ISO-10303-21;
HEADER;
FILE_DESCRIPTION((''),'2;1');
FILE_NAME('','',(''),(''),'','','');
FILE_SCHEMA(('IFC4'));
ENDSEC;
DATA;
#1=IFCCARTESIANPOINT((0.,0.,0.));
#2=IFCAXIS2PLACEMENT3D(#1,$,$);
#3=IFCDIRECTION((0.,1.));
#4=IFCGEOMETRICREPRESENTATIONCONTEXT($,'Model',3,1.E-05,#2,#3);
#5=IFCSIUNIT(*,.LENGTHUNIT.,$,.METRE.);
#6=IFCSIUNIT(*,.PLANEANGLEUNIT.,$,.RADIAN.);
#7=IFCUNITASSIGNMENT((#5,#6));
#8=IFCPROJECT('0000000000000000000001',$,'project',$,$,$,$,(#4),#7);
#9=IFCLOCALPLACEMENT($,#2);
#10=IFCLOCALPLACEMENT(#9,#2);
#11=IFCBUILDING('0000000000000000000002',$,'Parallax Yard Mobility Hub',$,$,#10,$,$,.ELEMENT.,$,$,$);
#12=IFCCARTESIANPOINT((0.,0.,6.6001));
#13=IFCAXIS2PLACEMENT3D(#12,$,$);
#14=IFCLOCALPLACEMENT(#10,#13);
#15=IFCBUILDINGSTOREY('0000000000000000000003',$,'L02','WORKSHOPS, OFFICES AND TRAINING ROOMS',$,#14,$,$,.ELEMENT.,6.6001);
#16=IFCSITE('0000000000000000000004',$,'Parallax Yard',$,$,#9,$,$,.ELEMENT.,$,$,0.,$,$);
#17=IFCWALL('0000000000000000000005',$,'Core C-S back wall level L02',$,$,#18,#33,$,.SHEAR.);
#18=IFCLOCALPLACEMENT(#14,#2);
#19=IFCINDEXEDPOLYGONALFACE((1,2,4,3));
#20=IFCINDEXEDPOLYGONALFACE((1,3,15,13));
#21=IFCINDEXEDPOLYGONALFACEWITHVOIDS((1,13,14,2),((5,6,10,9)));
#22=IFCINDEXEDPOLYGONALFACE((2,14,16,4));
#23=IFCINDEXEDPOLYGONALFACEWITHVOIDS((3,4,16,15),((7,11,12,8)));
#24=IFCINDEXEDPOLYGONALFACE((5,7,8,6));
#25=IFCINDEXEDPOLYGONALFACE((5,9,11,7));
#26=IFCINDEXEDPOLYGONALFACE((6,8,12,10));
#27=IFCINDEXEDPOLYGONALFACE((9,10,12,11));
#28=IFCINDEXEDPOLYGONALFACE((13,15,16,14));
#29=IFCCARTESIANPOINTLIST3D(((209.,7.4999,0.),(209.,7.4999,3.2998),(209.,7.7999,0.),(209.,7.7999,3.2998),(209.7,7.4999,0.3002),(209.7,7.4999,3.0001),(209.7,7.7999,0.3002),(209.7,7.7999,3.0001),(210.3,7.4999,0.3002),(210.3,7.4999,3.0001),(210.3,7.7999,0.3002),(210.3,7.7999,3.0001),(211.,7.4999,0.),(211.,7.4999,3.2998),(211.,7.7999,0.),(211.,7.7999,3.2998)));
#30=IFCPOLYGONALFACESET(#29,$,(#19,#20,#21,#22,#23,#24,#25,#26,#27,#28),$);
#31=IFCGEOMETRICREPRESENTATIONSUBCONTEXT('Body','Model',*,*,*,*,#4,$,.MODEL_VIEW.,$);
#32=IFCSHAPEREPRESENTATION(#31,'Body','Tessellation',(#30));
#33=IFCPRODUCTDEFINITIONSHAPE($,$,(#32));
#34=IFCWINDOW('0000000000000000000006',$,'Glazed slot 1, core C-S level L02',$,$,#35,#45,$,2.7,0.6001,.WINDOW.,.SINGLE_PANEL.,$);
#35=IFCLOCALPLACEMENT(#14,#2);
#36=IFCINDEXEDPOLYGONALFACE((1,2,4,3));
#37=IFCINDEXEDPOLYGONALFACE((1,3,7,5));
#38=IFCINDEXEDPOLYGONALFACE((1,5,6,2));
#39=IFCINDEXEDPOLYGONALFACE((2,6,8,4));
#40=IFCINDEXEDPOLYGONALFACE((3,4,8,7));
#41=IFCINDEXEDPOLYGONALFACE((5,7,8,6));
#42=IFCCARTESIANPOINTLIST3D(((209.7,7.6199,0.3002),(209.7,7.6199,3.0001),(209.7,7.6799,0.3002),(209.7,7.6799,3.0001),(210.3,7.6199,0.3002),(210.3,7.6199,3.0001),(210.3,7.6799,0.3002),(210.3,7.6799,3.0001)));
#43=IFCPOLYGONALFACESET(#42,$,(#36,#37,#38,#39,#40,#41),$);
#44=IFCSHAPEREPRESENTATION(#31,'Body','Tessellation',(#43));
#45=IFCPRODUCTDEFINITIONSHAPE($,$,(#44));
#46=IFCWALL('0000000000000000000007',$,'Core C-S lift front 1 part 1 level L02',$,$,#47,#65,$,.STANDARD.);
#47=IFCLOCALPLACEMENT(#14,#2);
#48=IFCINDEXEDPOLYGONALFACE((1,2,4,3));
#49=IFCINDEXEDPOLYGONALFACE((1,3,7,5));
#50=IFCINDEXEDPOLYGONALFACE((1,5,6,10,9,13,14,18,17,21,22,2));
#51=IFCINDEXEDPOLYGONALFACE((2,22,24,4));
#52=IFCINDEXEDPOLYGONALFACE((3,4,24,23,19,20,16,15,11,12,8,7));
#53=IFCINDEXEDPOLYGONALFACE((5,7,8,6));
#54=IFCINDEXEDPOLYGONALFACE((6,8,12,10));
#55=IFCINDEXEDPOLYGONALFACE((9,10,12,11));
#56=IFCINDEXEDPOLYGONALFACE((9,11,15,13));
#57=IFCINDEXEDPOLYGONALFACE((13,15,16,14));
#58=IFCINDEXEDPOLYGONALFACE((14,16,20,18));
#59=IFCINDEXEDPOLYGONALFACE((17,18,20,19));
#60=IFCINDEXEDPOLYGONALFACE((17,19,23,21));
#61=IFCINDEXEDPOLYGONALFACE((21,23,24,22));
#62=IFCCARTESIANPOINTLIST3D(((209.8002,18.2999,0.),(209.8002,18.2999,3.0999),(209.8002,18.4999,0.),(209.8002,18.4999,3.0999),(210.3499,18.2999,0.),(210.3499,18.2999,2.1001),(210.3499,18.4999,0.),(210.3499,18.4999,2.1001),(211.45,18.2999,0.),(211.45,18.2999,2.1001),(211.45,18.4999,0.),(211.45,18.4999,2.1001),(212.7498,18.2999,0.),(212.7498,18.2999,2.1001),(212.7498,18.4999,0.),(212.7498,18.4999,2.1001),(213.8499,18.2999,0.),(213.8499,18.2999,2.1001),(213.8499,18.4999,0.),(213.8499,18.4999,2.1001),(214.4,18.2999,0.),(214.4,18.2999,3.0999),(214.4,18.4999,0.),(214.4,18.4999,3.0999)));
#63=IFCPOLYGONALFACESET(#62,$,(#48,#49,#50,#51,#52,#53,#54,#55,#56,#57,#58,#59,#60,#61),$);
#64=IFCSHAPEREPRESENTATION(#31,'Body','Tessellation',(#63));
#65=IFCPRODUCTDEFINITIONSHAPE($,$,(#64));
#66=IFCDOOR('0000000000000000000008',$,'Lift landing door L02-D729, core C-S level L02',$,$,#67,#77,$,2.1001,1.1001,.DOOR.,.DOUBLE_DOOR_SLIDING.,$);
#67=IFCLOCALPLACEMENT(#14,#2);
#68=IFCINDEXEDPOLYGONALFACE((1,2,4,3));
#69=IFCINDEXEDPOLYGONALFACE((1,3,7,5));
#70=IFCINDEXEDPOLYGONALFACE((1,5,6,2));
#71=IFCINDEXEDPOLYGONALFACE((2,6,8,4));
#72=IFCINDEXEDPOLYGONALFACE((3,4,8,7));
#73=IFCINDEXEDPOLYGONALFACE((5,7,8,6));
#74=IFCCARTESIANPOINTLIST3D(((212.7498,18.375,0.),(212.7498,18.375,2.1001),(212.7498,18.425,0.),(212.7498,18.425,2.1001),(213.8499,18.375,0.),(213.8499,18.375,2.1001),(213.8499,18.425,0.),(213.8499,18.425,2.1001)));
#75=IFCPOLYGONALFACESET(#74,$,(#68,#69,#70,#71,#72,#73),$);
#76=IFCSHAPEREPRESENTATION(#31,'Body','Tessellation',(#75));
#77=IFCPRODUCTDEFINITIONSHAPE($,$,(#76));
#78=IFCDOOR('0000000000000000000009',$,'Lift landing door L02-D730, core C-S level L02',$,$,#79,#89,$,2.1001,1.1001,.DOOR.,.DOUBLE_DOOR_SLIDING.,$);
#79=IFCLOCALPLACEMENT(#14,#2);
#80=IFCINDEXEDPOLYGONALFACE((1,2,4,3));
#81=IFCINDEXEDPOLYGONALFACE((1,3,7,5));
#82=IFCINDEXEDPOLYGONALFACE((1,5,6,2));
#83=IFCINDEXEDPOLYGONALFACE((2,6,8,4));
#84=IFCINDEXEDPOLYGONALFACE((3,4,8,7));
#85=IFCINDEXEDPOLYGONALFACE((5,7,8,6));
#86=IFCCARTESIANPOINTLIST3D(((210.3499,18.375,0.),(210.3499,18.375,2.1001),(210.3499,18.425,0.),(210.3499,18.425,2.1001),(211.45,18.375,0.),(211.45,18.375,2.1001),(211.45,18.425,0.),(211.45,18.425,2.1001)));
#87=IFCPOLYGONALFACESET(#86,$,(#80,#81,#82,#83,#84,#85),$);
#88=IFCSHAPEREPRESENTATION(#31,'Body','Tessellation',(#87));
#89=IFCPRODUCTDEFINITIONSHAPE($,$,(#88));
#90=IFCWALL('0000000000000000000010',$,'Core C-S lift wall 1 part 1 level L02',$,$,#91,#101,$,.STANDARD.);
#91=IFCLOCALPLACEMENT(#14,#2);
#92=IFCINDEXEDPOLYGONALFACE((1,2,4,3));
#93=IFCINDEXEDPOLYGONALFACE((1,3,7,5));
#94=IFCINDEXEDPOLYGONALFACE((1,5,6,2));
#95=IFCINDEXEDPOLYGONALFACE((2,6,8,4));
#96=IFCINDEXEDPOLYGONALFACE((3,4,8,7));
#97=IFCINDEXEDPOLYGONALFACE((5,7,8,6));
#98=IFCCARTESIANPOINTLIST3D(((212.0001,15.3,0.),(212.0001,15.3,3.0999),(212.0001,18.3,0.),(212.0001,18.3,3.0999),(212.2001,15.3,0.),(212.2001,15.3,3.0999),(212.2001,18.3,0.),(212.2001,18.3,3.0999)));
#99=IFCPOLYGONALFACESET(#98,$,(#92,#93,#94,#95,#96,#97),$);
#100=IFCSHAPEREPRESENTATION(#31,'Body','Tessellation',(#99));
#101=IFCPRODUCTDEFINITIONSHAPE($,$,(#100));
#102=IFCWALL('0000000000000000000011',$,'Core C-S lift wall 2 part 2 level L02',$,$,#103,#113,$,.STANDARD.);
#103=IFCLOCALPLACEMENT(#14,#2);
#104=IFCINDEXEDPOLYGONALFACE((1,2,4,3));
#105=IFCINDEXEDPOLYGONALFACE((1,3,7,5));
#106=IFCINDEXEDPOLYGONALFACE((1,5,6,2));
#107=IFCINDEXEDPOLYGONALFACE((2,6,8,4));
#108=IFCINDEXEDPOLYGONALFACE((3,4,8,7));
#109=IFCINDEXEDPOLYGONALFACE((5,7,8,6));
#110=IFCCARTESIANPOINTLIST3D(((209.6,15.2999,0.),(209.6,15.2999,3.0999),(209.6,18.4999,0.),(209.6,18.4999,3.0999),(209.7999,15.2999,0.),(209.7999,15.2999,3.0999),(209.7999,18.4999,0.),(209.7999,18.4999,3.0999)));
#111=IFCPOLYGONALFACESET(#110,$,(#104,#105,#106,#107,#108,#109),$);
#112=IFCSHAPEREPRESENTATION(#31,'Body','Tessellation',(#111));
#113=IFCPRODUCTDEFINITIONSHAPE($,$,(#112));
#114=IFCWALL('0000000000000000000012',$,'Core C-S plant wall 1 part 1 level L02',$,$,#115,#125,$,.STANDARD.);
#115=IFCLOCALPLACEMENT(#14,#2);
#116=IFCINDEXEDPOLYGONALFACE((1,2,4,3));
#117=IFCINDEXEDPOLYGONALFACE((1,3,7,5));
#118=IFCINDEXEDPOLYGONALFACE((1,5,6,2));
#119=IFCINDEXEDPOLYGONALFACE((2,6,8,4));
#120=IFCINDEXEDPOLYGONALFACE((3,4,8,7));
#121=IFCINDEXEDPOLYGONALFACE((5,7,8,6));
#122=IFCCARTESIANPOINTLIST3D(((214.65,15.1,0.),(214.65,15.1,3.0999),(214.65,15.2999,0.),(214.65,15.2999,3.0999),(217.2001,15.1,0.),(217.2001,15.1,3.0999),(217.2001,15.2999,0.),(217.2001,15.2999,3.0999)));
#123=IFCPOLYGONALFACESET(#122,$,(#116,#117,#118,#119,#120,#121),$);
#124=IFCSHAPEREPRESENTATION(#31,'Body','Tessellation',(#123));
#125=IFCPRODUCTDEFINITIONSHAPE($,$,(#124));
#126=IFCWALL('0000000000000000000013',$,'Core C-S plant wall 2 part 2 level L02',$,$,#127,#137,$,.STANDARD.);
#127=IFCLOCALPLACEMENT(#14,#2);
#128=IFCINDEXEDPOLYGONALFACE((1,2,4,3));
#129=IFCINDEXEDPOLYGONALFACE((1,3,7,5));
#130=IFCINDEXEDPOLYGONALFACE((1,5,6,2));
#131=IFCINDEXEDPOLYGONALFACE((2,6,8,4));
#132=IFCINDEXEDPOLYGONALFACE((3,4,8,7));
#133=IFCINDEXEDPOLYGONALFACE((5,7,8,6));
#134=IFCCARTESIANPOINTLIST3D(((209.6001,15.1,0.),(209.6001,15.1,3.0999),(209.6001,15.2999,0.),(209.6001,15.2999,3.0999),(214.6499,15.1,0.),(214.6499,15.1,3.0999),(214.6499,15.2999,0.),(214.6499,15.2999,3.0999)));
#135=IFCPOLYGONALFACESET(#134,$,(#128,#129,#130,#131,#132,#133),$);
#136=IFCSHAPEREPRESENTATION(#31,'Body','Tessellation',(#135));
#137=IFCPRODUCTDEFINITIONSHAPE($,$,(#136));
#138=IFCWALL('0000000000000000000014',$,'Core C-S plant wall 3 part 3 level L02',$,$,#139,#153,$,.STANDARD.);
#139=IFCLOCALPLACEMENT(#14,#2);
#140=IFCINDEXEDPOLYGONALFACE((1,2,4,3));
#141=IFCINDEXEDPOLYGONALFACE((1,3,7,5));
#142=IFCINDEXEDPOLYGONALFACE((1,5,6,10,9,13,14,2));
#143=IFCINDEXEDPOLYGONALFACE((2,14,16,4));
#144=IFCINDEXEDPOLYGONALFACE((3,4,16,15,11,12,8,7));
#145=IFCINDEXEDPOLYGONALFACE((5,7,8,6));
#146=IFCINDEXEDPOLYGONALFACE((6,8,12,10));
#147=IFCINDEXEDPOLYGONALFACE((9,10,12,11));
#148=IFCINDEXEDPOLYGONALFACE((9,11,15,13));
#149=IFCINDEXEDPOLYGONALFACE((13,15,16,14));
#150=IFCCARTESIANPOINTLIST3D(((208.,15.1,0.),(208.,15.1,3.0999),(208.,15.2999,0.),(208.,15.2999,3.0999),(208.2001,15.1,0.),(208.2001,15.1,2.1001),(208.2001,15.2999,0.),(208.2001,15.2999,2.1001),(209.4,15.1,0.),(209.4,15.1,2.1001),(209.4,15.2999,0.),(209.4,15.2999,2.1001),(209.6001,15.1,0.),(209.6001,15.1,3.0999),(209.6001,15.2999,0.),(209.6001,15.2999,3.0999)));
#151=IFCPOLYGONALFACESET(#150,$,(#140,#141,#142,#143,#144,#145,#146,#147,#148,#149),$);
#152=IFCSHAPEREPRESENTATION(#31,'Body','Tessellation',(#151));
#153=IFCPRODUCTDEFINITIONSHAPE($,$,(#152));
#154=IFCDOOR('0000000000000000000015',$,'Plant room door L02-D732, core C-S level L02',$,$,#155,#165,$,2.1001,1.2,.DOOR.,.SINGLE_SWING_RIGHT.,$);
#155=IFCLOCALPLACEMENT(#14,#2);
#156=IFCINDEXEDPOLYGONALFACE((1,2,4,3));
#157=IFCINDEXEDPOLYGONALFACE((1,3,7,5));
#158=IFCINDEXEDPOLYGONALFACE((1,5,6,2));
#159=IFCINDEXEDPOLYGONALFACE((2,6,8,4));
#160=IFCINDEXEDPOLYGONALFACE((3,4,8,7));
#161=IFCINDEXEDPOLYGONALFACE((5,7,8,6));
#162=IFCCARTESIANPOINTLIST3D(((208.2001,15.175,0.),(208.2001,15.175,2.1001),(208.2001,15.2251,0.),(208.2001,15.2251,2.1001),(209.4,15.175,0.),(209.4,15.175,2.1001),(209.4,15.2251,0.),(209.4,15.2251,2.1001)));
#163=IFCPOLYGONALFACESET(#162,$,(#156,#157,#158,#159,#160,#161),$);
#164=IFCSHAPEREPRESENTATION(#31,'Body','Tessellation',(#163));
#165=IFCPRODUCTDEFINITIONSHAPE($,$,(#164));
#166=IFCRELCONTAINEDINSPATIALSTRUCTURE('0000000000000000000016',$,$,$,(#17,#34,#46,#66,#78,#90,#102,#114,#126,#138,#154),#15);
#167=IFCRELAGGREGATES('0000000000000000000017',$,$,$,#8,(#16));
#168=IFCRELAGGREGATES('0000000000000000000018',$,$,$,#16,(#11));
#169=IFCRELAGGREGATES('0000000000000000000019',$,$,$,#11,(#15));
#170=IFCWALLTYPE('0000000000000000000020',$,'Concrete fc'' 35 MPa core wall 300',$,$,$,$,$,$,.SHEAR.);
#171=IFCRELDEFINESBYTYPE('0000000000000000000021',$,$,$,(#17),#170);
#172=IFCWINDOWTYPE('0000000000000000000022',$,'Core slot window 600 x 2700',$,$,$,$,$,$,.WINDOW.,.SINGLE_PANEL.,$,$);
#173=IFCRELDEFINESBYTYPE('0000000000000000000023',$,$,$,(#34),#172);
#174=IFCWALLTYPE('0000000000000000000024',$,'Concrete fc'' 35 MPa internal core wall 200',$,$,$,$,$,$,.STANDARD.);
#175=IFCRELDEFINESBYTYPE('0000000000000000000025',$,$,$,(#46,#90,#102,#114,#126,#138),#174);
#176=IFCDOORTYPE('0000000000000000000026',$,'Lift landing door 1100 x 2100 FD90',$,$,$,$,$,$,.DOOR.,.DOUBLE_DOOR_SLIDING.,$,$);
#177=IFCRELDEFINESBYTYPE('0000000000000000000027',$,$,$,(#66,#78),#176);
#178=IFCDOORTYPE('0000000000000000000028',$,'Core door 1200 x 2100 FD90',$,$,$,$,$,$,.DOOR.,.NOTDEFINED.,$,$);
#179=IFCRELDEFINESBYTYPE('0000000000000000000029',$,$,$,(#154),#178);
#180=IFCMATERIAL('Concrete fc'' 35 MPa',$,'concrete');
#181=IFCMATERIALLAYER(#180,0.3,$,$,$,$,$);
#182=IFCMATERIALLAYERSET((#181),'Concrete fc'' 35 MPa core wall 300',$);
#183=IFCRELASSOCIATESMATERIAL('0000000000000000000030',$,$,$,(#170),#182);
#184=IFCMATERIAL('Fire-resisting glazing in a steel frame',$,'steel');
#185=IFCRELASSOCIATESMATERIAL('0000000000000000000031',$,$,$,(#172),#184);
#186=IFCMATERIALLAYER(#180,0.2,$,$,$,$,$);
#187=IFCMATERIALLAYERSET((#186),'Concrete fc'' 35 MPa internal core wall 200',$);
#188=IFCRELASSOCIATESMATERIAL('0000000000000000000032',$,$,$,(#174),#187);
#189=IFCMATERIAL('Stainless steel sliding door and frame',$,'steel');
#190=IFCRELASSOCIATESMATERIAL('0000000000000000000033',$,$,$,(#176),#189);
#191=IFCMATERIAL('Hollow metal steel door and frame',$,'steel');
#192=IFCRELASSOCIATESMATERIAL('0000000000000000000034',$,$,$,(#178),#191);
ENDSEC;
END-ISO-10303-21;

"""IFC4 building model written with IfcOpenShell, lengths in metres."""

from ifc_helpers import new_model, si_unit, direction, frame, frame_2d, origin, place, context, subcontext, project, spatial, rectangle, extrude, material, layer, layer_set, type_object, element, fill, save


model = new_model("IFC4")

# Units and contexts
model_context = context("Model", 3, precision=1e-05, world=origin(), true_north=direction((0.0, 1.0)))
body_context = subcontext(model_context, "Body", "Model", "MODEL_VIEW")
ifc_project = project(units=[si_unit("LENGTHUNIT", "METRE"), si_unit("PLANEANGLEUNIT", "RADIAN")], contexts=[model_context])

# Site, building, storey
site_placement = place(None, origin())
site = spatial("IfcSite", under=ifc_project, at=site_placement, Name="Parallax Yard", CompositionType="ELEMENT", RefElevation=0.0)
building_placement = place(site_placement, origin())
building = spatial("IfcBuilding", under=site, at=building_placement, Name="Parallax Yard Mobility Hub", CompositionType="ELEMENT")
storey_placement = place(building_placement, frame((0.0, 0.0, 6.6001)))
storey = spatial("IfcBuildingStorey", under=building, at=storey_placement, Name="L02", Description="WORKSHOPS, OFFICES AND TRAINING ROOMS", CompositionType="ELEMENT", Elevation=6.6001)

# Wall, opening, window
ifc_material_1 = material(Name="Concrete fc' 35 MPa", Category="concrete")
ifc_layer_1 = layer(ifc_material_1, 0.3)
ifc_layer_set_1 = layer_set([ifc_layer_1], Name="Concrete fc' 35 MPa core wall 300")
wall_type_1 = type_object("IfcWallType", Name="Concrete fc' 35 MPa core wall 300", PredefinedType="SHEAR", material=ifc_layer_set_1)
wall_1_placement = place(storey_placement, frame((211.0, 7.6499, 0.0), z_axis=(0.0, 0.0, 1.0), x_axis=(-1.0, 0.0, 0.0)))
wall_1 = element("IfcWall", 1, at=wall_1_placement, inside=storey, type_object=wall_type_1, Name="Core C-S back wall level L02", PredefinedType="SHEAR", context=body_context, shape_type="SweptSolid", body=[
    extrude(rectangle(XDim=2.0, YDim=0.3, at=frame_2d((1.0, 0.0))), origin(), (0.0, 0.0, 1.0), 3.2998),
])
opening_1_placement = place(wall_1_placement, frame((0.7, 0.0, 0.3)))
opening_1 = element("IfcOpeningElement", 2, at=opening_1_placement, cuts=wall_1, PredefinedType="OPENING", context=body_context, shape_type="SweptSolid", body=[
    extrude(rectangle(XDim=0.6001, YDim=2.7, at=frame_2d((0.3, 1.3501))), frame((0.0, 0.1602, 0.0), z_axis=(0.0, -1.0, 0.0), x_axis=(1.0, 0.0, 0.0)), (0.0, 0.0, 1.0), 0.3201),
])
ifc_material_2 = material(Name="Fire-resisting glazing in a steel frame", Category="steel")
window_type = type_object("IfcWindowType", Name="Core slot window 600 x 2700", PartitioningType="SINGLE_PANEL", PredefinedType="WINDOW", material=ifc_material_2)
window_placement = place(opening_1_placement, origin())
window = element("IfcWindow", 3, at=window_placement, inside=storey, type_object=window_type, Name="Glazed slot 1, core C-S level L02", OverallHeight=2.7, OverallWidth=0.6001, PartitioningType="SINGLE_PANEL", PredefinedType="WINDOW", context=body_context, shape_type="SweptSolid", body=[
    extrude(rectangle(XDim=0.6001, YDim=2.7, at=frame_2d((0.3, 1.3501))), frame((0.0, 0.03, 0.0), z_axis=(0.0, -1.0, 0.0), x_axis=(1.0, 0.0, 0.0)), (0.0, 0.0, 1.0), 0.0601),
])
fill(opening_1, window)

# Wall, openings, doors
ifc_layer_2 = layer(ifc_material_1, 0.2)
ifc_layer_set_2 = layer_set([ifc_layer_2], Name="Concrete fc' 35 MPa internal core wall 200")
wall_type_2 = type_object("IfcWallType", Name="Concrete fc' 35 MPa internal core wall 200", PredefinedType="STANDARD", material=ifc_layer_set_2)
wall_2_placement = place(storey_placement, frame((214.3999, 18.3999, 0.0), z_axis=(0.0, 0.0, 1.0), x_axis=(-1.0, 0.0, 0.0)))
wall_2 = element("IfcWall", 4, at=wall_2_placement, inside=storey, type_object=wall_type_2, Name="Core C-S lift front 1 part 1 level L02", PredefinedType="STANDARD", context=body_context, shape_type="SweptSolid", body=[
    extrude(rectangle(XDim=4.5999, YDim=0.2, at=frame_2d((2.2998, 0.0))), origin(), (0.0, 0.0, 1.0), 3.0999),
])
opening_2_placement = place(wall_2_placement, frame((0.55, 0.0, 0.0)))
opening_2 = element("IfcOpeningElement", 5, at=opening_2_placement, cuts=wall_2, PredefinedType="OPENING", context=body_context, shape_type="SweptSolid", body=[
    extrude(rectangle(XDim=1.1001, YDim=2.1001, at=frame_2d((0.55, 1.05))), frame((0.0, 0.1099, 0.0), z_axis=(0.0, -1.0, 0.0), x_axis=(1.0, 0.0, 0.0)), (0.0, 0.0, 1.0), 0.22),
])
opening_3_placement = place(wall_2_placement, frame((2.95, 0.0, 0.0)))
opening_3 = element("IfcOpeningElement", 6, at=opening_3_placement, cuts=wall_2, PredefinedType="OPENING", context=body_context, shape_type="SweptSolid", body=[
    extrude(rectangle(XDim=1.1001, YDim=2.1001, at=frame_2d((0.55, 1.05))), frame((0.0, 0.1099, 0.0), z_axis=(0.0, -1.0, 0.0), x_axis=(1.0, 0.0, 0.0)), (0.0, 0.0, 1.0), 0.22),
])
ifc_material_3 = material(Name="Stainless steel sliding door and frame", Category="steel")
door_type_1 = type_object("IfcDoorType", Name="Lift landing door 1100 x 2100 FD90", OperationType="DOUBLE_DOOR_SLIDING", PredefinedType="DOOR", material=ifc_material_3)
door_1_placement = place(opening_2_placement, origin())
door_1 = element("IfcDoor", 7, at=door_1_placement, inside=storey, type_object=door_type_1, Name="Lift landing door L02-D729, core C-S level L02", OperationType="DOUBLE_DOOR_SLIDING", OverallHeight=2.1001, OverallWidth=1.1001, PredefinedType="DOOR", context=body_context, shape_type="SweptSolid", body=[
    extrude(rectangle(XDim=1.1001, YDim=2.1001, at=frame_2d((0.55, 1.05))), frame((0.0, 0.0249, 0.0), z_axis=(0.0, -1.0, 0.0), x_axis=(1.0, 0.0, 0.0)), (0.0, 0.0, 1.0), 0.05),
])
fill(opening_2, door_1)
door_2_placement = place(opening_3_placement, origin())
door_2 = element("IfcDoor", 8, at=door_2_placement, inside=storey, type_object=door_type_1, Name="Lift landing door L02-D730, core C-S level L02", OperationType="DOUBLE_DOOR_SLIDING", OverallHeight=2.1001, OverallWidth=1.1001, PredefinedType="DOOR", context=body_context, shape_type="SweptSolid", body=[
    extrude(rectangle(XDim=1.1001, YDim=2.1001, at=frame_2d((0.55, 1.05))), frame((0.0, 0.0249, 0.0), z_axis=(0.0, -1.0, 0.0), x_axis=(1.0, 0.0, 0.0)), (0.0, 0.0, 1.0), 0.05),
])
fill(opening_3, door_2)

# Walls
wall_3_placement = place(storey_placement, frame((212.1001, 18.3, 0.0), z_axis=(0.0, 0.0, 1.0), x_axis=(0.0, -1.0, 0.0)))
element("IfcWall", 9, at=wall_3_placement, inside=storey, type_object=wall_type_2, Name="Core C-S lift wall 1 part 1 level L02", PredefinedType="STANDARD", context=body_context, shape_type="SweptSolid", body=[
    extrude(rectangle(XDim=3.0, YDim=0.2, at=frame_2d((1.5, 0.0))), origin(), (0.0, 0.0, 1.0), 3.0999),
])
wall_4_placement = place(storey_placement, frame((209.7, 18.5, 0.0), z_axis=(0.0, 0.0, 1.0), x_axis=(0.0, -1.0, 0.0)))
element("IfcWall", 10, at=wall_4_placement, inside=storey, type_object=wall_type_2, Name="Core C-S lift wall 2 part 2 level L02", PredefinedType="STANDARD", context=body_context, shape_type="SweptSolid", body=[
    extrude(rectangle(XDim=3.2, YDim=0.2, at=frame_2d((1.6001, 0.0))), origin(), (0.0, 0.0, 1.0), 3.0999),
])
wall_5_placement = place(storey_placement, frame((217.2, 15.2, 0.0), z_axis=(0.0, 0.0, 1.0), x_axis=(-1.0, 0.0, 0.0)))
element("IfcWall", 11, at=wall_5_placement, inside=storey, type_object=wall_type_2, Name="Core C-S plant wall 1 part 1 level L02", PredefinedType="STANDARD", context=body_context, shape_type="SweptSolid", body=[
    extrude(rectangle(XDim=2.55, YDim=0.2, at=frame_2d((1.2749, 0.0))), origin(), (0.0, 0.0, 1.0), 3.0999),
])
wall_6_placement = place(storey_placement, frame((214.6499, 15.2, 0.0), z_axis=(0.0, 0.0, 1.0), x_axis=(-1.0, 0.0, 0.0)))
element("IfcWall", 12, at=wall_6_placement, inside=storey, type_object=wall_type_2, Name="Core C-S plant wall 2 part 2 level L02", PredefinedType="STANDARD", context=body_context, shape_type="SweptSolid", body=[
    extrude(rectangle(XDim=5.0498, YDim=0.2, at=frame_2d((2.5249, 0.0))), origin(), (0.0, 0.0, 1.0), 3.0999),
])

# Wall, opening, door
wall_7_placement = place(storey_placement, frame((209.6001, 15.2, 0.0), z_axis=(0.0, 0.0, 1.0), x_axis=(-1.0, 0.0, 0.0)))
wall_7 = element("IfcWall", 13, at=wall_7_placement, inside=storey, type_object=wall_type_2, Name="Core C-S plant wall 3 part 3 level L02", PredefinedType="STANDARD", context=body_context, shape_type="SweptSolid", body=[
    extrude(rectangle(XDim=1.6001, YDim=0.2, at=frame_2d((0.8, 0.0))), origin(), (0.0, 0.0, 1.0), 3.0999),
])
opening_4_placement = place(wall_7_placement, frame((0.2, 0.0, 0.0)))
opening_4 = element("IfcOpeningElement", 14, at=opening_4_placement, cuts=wall_7, PredefinedType="OPENING", context=body_context, shape_type="SweptSolid", body=[
    extrude(rectangle(XDim=1.2, YDim=2.1001, at=frame_2d((0.6001, 1.05))), frame((0.0, 0.1099, 0.0), z_axis=(0.0, -1.0, 0.0), x_axis=(1.0, 0.0, 0.0)), (0.0, 0.0, 1.0), 0.22),
])
ifc_material_4 = material(Name="Hollow metal steel door and frame", Category="steel")
door_type_2 = type_object("IfcDoorType", Name="Core door 1200 x 2100 FD90", OperationType="NOTDEFINED", PredefinedType="DOOR", material=ifc_material_4)
door_3_placement = place(opening_4_placement, origin())
door_3 = element("IfcDoor", 15, at=door_3_placement, inside=storey, type_object=door_type_2, Name="Plant room door L02-D732, core C-S level L02", OperationType="SINGLE_SWING_RIGHT", OverallHeight=2.1001, OverallWidth=1.2, PredefinedType="DOOR", context=body_context, shape_type="SweptSolid", body=[
    extrude(rectangle(XDim=1.2, YDim=2.1001, at=frame_2d((0.6001, 1.05))), frame((0.0, 0.0249, 0.0), z_axis=(0.0, -1.0, 0.0), x_axis=(1.0, 0.0, 0.0)), (0.0, 0.0, 1.0), 0.05),
])
fill(opening_4, door_3)

save(model, "model.ifc")
